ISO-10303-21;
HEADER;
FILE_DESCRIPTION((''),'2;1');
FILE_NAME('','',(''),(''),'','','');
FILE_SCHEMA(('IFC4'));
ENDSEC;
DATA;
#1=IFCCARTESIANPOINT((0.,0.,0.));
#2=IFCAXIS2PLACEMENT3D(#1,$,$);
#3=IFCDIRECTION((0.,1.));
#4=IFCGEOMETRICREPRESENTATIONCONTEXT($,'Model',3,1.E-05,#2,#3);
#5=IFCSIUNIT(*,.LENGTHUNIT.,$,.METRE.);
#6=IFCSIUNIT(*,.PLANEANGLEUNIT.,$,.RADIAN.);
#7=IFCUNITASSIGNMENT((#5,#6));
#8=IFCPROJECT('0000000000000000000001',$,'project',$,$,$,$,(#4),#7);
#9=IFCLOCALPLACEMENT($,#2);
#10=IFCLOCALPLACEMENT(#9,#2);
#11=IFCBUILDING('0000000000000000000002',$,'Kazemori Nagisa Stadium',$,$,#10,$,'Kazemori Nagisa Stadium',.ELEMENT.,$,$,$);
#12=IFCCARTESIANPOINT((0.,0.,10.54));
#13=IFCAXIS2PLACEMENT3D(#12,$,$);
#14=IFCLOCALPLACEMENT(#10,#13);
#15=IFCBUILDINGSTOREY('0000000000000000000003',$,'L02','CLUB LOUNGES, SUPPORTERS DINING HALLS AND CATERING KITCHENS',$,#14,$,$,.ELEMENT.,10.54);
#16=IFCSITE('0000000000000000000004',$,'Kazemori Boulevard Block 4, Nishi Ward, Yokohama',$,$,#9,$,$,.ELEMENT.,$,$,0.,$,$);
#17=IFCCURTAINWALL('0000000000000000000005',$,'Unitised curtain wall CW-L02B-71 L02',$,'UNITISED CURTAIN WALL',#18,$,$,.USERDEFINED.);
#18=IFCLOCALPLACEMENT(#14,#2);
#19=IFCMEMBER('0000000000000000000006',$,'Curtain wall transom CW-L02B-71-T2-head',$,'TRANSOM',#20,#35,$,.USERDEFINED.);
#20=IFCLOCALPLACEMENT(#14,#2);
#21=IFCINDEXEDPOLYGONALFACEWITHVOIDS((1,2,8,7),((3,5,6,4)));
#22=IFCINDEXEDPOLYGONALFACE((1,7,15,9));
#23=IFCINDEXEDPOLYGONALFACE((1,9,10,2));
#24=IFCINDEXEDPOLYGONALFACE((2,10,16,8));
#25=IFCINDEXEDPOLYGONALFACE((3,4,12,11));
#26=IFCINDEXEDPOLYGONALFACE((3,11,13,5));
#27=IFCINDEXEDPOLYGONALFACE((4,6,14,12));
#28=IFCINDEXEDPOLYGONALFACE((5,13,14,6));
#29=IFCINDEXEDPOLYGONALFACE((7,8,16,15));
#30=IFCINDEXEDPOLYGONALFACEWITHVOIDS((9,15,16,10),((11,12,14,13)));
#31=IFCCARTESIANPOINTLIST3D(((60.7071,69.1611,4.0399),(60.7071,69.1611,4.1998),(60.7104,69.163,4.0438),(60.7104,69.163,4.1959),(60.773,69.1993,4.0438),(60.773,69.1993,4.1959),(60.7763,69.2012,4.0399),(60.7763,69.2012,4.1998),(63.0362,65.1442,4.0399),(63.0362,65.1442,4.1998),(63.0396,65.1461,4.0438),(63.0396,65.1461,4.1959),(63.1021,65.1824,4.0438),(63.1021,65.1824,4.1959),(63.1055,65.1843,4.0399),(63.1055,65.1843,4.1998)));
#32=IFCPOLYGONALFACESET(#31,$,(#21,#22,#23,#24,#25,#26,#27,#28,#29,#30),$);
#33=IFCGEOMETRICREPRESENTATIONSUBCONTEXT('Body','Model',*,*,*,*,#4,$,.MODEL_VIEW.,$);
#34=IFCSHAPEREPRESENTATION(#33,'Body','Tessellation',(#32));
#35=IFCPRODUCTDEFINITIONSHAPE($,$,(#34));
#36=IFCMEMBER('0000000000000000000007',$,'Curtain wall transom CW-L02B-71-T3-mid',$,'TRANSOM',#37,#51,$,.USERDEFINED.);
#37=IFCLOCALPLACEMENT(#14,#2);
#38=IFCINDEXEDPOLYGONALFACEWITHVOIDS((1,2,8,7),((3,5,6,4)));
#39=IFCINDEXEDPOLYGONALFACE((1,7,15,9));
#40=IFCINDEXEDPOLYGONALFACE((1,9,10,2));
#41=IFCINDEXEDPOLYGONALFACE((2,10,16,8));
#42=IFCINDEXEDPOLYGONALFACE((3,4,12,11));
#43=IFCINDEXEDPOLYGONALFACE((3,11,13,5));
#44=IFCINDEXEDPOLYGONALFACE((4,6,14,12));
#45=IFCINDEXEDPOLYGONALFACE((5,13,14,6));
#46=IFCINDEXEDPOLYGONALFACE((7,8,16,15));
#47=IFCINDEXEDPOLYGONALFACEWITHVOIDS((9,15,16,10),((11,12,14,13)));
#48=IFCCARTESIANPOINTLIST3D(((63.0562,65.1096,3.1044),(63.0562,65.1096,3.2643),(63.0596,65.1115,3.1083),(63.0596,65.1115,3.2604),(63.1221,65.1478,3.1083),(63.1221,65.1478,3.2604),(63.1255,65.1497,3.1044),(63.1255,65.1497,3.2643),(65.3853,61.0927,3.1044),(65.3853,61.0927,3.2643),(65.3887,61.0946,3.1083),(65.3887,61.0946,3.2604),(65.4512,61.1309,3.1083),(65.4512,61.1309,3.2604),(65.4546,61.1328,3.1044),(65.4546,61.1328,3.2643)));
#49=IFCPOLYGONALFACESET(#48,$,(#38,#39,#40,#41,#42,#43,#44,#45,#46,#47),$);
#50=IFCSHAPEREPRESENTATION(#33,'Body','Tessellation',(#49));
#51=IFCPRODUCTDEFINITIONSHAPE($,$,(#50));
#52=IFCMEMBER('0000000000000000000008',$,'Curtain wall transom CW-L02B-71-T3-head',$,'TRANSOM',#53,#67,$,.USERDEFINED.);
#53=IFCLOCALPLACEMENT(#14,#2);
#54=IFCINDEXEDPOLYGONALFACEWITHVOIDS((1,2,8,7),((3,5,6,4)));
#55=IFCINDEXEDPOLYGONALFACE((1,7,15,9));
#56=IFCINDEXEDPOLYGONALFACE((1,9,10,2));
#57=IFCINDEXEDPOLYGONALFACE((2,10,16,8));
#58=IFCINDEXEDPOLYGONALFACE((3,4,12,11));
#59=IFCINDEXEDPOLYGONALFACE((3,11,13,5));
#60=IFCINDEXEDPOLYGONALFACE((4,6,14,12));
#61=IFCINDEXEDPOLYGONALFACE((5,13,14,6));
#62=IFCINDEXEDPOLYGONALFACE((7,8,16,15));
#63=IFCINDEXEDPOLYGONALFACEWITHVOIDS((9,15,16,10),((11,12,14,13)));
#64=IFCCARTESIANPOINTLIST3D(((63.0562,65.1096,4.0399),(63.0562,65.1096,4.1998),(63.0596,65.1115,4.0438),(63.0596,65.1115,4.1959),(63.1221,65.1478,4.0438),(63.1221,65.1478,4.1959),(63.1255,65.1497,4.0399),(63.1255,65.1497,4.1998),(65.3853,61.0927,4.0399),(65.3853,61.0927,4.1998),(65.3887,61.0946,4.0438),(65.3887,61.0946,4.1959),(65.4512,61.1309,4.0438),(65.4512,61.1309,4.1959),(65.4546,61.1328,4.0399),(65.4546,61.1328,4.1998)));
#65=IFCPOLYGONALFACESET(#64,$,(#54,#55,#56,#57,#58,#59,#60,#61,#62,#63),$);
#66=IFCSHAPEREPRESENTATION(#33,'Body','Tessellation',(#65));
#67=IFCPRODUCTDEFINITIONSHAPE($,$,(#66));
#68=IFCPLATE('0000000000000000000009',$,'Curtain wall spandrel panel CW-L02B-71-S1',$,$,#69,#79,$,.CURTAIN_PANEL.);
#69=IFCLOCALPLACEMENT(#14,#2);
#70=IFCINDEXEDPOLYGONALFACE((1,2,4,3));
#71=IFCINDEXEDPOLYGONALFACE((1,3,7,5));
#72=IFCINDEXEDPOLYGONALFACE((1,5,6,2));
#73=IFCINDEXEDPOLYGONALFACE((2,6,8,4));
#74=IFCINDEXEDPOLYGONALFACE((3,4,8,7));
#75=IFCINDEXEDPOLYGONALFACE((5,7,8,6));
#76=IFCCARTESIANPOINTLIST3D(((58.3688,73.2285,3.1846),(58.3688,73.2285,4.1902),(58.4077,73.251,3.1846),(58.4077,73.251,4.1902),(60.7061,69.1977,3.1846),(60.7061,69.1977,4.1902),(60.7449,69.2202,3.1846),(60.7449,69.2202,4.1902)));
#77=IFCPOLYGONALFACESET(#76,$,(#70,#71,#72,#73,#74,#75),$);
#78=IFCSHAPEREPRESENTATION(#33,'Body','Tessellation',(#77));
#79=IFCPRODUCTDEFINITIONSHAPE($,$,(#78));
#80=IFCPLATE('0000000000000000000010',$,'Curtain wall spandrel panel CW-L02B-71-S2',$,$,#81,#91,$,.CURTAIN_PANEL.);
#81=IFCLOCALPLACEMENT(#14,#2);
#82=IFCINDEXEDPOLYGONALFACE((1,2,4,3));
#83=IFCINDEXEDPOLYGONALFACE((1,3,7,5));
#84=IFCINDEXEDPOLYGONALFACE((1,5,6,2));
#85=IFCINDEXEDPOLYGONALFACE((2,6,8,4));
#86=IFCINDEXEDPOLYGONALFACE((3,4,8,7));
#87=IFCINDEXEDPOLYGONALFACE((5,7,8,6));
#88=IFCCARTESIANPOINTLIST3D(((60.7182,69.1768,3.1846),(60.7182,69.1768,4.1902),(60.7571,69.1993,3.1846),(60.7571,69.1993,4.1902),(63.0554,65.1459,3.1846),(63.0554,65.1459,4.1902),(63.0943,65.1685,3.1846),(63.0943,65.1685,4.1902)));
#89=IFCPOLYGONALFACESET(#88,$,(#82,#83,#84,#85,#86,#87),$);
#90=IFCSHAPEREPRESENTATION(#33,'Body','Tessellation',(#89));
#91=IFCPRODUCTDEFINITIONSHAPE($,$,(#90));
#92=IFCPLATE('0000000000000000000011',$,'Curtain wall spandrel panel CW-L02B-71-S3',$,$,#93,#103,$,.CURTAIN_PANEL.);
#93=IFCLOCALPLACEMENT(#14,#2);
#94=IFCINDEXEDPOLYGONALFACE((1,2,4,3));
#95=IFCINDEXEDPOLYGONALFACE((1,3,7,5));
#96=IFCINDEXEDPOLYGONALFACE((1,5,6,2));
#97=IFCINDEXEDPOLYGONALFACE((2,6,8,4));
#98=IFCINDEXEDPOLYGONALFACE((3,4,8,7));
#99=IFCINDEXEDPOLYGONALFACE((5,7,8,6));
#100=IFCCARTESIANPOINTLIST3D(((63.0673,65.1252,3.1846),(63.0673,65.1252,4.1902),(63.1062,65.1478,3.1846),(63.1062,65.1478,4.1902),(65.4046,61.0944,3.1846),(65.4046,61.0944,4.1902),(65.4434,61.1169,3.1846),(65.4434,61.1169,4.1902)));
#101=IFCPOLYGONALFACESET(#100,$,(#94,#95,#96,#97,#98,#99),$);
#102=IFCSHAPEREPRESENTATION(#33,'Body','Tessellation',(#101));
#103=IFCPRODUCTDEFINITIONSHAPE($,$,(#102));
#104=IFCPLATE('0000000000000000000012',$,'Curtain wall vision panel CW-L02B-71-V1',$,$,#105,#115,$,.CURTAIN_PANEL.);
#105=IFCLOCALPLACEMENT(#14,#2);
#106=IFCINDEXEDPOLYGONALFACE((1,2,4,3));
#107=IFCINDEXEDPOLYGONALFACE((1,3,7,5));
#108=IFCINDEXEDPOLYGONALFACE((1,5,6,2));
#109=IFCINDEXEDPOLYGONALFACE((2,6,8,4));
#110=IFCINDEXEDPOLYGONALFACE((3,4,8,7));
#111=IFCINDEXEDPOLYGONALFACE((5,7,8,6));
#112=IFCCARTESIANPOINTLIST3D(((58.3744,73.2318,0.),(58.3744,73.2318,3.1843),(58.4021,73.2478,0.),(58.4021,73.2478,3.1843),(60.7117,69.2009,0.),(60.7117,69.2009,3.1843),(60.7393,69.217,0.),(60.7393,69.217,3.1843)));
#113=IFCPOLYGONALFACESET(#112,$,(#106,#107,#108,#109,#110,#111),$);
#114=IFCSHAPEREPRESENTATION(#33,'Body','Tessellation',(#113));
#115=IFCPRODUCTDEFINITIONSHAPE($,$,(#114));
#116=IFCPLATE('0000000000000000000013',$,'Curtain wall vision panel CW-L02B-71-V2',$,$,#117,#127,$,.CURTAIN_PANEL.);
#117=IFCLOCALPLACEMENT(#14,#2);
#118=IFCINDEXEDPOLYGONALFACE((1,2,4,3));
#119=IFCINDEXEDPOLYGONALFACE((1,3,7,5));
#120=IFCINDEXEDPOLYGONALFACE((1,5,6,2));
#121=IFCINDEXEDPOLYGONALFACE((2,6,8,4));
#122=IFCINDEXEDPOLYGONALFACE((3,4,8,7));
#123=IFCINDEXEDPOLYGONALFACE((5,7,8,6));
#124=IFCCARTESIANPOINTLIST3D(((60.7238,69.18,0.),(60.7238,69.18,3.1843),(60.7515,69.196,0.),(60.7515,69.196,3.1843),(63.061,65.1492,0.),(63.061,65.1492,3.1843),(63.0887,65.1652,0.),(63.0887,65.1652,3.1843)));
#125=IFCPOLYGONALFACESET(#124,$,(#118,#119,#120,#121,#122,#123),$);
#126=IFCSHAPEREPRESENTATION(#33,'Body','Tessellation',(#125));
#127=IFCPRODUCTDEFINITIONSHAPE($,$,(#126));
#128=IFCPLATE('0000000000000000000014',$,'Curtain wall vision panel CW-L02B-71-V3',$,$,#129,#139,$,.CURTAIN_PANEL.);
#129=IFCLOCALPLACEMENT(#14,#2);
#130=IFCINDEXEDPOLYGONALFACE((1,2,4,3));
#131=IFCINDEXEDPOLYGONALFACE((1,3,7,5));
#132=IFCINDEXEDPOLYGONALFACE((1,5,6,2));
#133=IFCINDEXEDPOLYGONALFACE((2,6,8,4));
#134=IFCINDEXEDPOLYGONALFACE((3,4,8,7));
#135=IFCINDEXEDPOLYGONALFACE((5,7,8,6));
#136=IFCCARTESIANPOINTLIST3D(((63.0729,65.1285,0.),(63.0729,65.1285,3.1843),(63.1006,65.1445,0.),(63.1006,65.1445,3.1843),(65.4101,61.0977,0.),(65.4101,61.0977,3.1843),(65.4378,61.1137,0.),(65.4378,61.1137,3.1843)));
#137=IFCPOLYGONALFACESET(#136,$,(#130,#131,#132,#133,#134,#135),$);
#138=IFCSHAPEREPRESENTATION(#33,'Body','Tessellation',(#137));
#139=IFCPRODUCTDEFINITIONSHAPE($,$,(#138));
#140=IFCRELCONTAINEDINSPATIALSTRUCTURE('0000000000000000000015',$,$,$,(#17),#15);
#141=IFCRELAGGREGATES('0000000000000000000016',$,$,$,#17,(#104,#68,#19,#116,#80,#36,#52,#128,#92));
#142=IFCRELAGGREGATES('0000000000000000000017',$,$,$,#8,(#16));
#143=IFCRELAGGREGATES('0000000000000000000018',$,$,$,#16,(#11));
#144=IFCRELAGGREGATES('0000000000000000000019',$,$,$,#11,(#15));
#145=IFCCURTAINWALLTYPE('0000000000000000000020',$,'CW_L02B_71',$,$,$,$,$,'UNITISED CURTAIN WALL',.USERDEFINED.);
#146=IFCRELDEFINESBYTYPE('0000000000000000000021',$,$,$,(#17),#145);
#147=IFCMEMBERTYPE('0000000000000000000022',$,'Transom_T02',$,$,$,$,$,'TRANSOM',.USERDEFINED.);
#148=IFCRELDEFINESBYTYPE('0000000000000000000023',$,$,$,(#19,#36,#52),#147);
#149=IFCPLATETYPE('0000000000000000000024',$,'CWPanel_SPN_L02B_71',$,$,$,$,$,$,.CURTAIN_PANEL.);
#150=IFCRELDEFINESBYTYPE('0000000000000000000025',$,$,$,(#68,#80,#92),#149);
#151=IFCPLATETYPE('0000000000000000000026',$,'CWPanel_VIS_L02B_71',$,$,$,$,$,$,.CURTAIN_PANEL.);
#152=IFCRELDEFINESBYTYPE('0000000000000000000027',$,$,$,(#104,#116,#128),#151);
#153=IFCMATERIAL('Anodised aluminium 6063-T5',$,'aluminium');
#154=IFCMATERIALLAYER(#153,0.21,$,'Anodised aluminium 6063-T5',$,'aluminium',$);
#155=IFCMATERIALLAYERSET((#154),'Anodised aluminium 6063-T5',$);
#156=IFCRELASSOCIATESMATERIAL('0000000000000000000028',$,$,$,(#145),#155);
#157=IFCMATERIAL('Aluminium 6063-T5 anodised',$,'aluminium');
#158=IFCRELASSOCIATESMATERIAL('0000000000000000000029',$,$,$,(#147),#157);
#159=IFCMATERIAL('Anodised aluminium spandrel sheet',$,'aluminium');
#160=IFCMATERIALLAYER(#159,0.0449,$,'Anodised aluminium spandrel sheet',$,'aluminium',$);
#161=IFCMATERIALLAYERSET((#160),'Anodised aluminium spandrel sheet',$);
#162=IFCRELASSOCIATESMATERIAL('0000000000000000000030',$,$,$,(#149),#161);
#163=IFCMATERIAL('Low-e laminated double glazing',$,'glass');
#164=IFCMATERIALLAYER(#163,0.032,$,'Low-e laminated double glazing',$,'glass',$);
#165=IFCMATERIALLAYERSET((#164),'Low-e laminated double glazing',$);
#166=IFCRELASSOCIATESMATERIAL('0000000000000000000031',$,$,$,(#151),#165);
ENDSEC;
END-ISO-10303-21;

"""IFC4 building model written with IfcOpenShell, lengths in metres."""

from ifc_helpers import new_model, si_unit, direction, frame, origin, origin_2d, place, context, subcontext, project, spatial, rectangle, hollow_rectangle, extrude, material, layer, layer_set, material_profile, profile_set, type_object, element, aggregate, save


model = new_model("IFC4")

# Units and contexts
model_context = context("Model", 3, precision=1e-05, world=origin(), true_north=direction((0.0, 1.0)))
body_context = subcontext(model_context, "Body", "Model", "MODEL_VIEW")
ifc_project = project(units=[si_unit("LENGTHUNIT", "METRE"), si_unit("PLANEANGLEUNIT", "RADIAN")], contexts=[model_context])

# Site, building, storey
site_placement = place(None, origin())
site = spatial("IfcSite", under=ifc_project, at=site_placement, Name="Kazemori Boulevard Block 4, Nishi Ward, Yokohama", CompositionType="ELEMENT", RefElevation=0.0)
building_placement = place(site_placement, origin())
building = spatial("IfcBuilding", under=site, at=building_placement, Name="Kazemori Nagisa Stadium", LongName="Kazemori Nagisa Stadium", CompositionType="ELEMENT")
storey_placement = place(building_placement, frame((0.0, 0.0, 10.54)))
storey = spatial("IfcBuildingStorey", under=building, at=storey_placement, Name="L02", Description="CLUB LOUNGES, SUPPORTERS DINING HALLS AND CATERING KITCHENS", CompositionType="ELEMENT", Elevation=10.54)

# Curtain wall
ifc_material_1 = material(Name="Anodised aluminium 6063-T5", Category="aluminium")
ifc_layer_1 = layer(ifc_material_1, 0.21, Name="Anodised aluminium 6063-T5", Category="aluminium")
ifc_layer_set_1 = layer_set([ifc_layer_1], Name="Anodised aluminium 6063-T5")
curtain_wall_type_1 = type_object("IfcCurtainWallType", Name="CW_L02B_71", ElementType="UNITISED CURTAIN WALL", PredefinedType="USERDEFINED", material=ifc_layer_set_1)
curtain_wall_1_placement = place(storey_placement, origin())
curtain_wall_1 = element("IfcCurtainWall", 1, at=curtain_wall_1_placement, inside=storey, type_object=curtain_wall_type_1, Name="Unitised curtain wall CW-L02B-71 L02", ObjectType="UNITISED CURTAIN WALL", PredefinedType="USERDEFINED")
ifc_material_2 = material(Name="Aluminium 6063-T5 anodised", Category="aluminium")

# Members
ifc_material_profile_1 = material_profile(ifc_material_2, hollow_rectangle(XDim=0.0801, YDim=0.1599, WallThickness=0.0039, at=origin_2d()), Name="ALU-TRAN-80x160x4")
ifc_profile_set_1 = profile_set([ifc_material_profile_1], Name="Aluminium 6063-T5 anodised")
member_type_1 = type_object("IfcMemberType", Name="Transom_T02", ElementType="TRANSOM", PredefinedType="USERDEFINED", material=ifc_profile_set_1)
member_1_placement = place(storey_placement, frame((60.7417, 69.1812, 4.1199), z_axis=(0.50161, -0.865094, 0.0), x_axis=(0.865094, 0.50161, 0.0)))
member_1 = element("IfcMember", 2, at=member_1_placement, type_object=member_type_1, Name="Curtain wall transom CW-L02B-71-T2-head", ObjectType="TRANSOM", PredefinedType="USERDEFINED", context=body_context, shape_type="SweptSolid", body=[
    extrude(hollow_rectangle(XDim=0.0801, YDim=0.1599, WallThickness=0.0039, at=origin_2d()), origin(), (0.0, 0.0, 1.0), 4.6433),
])
member_2_placement = place(storey_placement, frame((63.0908, 65.1296, 3.1843), z_axis=(0.50161, -0.865094, 0.0), x_axis=(0.865094, 0.50161, 0.0)))
member_2 = element("IfcMember", 3, at=member_2_placement, type_object=member_type_1, Name="Curtain wall transom CW-L02B-71-T3-mid", ObjectType="TRANSOM", PredefinedType="USERDEFINED", context=body_context, shape_type="SweptSolid", body=[
    extrude(hollow_rectangle(XDim=0.0801, YDim=0.1599, WallThickness=0.0039, at=origin_2d()), origin(), (0.0, 0.0, 1.0), 4.6433),
])
member_3_placement = place(storey_placement, frame((63.0908, 65.1296, 4.1199), z_axis=(0.50161, -0.865094, 0.0), x_axis=(0.865094, 0.50161, 0.0)))
member_3 = element("IfcMember", 4, at=member_3_placement, type_object=member_type_1, Name="Curtain wall transom CW-L02B-71-T3-head", ObjectType="TRANSOM", PredefinedType="USERDEFINED", context=body_context, shape_type="SweptSolid", body=[
    extrude(hollow_rectangle(XDim=0.0801, YDim=0.1599, WallThickness=0.0039, at=origin_2d()), origin(), (0.0, 0.0, 1.0), 4.6433),
])

# Plates
ifc_material_3 = material(Name="Anodised aluminium spandrel sheet", Category="aluminium")
ifc_layer_2 = layer(ifc_material_3, 0.0449, Name="Anodised aluminium spandrel sheet", Category="aluminium")
ifc_layer_set_2 = layer_set([ifc_layer_2], Name="Anodised aluminium spandrel sheet")
plate_type_1 = type_object("IfcPlateType", Name="CWPanel_SPN_L02B_71", PredefinedType="CURTAIN_PANEL", material=ifc_layer_set_2)
plate_1_placement = place(storey_placement, frame((59.5569, 71.2244, 3.1846), z_axis=(0.0, 0.0, 1.0), x_axis=(0.501612, -0.865093, 0.0)))
plate_1 = element("IfcPlate", 5, at=plate_1_placement, type_object=plate_type_1, Name="Curtain wall spandrel panel CW-L02B-71-S1", PredefinedType="CURTAIN_PANEL", context=body_context, shape_type="SweptSolid", body=[
    extrude(rectangle(XDim=4.6594, YDim=0.0449, at=origin_2d()), origin(), (0.0, 0.0, 1.0), 1.0056),
])
plate_2_placement = place(storey_placement, frame((61.9062, 67.1726, 3.1846), z_axis=(0.0, 0.0, 1.0), x_axis=(0.501612, -0.865093, 0.0)))
plate_2 = element("IfcPlate", 6, at=plate_2_placement, type_object=plate_type_1, Name="Curtain wall spandrel panel CW-L02B-71-S2", PredefinedType="CURTAIN_PANEL", context=body_context, shape_type="SweptSolid", body=[
    extrude(rectangle(XDim=4.6594, YDim=0.0449, at=origin_2d()), origin(), (0.0, 0.0, 1.0), 1.0056),
])
plate_3_placement = place(storey_placement, frame((64.2554, 63.1211, 3.1846), z_axis=(0.0, 0.0, 1.0), x_axis=(0.501612, -0.865093, 0.0)))
plate_3 = element("IfcPlate", 7, at=plate_3_placement, type_object=plate_type_1, Name="Curtain wall spandrel panel CW-L02B-71-S3", PredefinedType="CURTAIN_PANEL", context=body_context, shape_type="SweptSolid", body=[
    extrude(rectangle(XDim=4.6594, YDim=0.0449, at=origin_2d()), origin(), (0.0, 0.0, 1.0), 1.0056),
])
ifc_material_4 = material(Name="Low-e laminated double glazing", Category="glass")
ifc_layer_3 = layer(ifc_material_4, 0.032, Name="Low-e laminated double glazing", Category="glass")
ifc_layer_set_3 = layer_set([ifc_layer_3], Name="Low-e laminated double glazing")
plate_type_2 = type_object("IfcPlateType", Name="CWPanel_VIS_L02B_71", PredefinedType="CURTAIN_PANEL", material=ifc_layer_set_3)
plate_4_placement = place(storey_placement, frame((59.5569, 71.2244, 0.0), z_axis=(0.0, 0.0, 1.0), x_axis=(0.501612, -0.865093, 0.0)))
plate_4 = element("IfcPlate", 8, at=plate_4_placement, type_object=plate_type_2, Name="Curtain wall vision panel CW-L02B-71-V1", PredefinedType="CURTAIN_PANEL", context=body_context, shape_type="SweptSolid", body=[
    extrude(rectangle(XDim=4.6594, YDim=0.032, at=origin_2d()), origin(), (0.0, 0.0, 1.0), 3.1843),
])
plate_5_placement = place(storey_placement, frame((61.9062, 67.1726, 0.0), z_axis=(0.0, 0.0, 1.0), x_axis=(0.501612, -0.865093, 0.0)))
plate_5 = element("IfcPlate", 9, at=plate_5_placement, type_object=plate_type_2, Name="Curtain wall vision panel CW-L02B-71-V2", PredefinedType="CURTAIN_PANEL", context=body_context, shape_type="SweptSolid", body=[
    extrude(rectangle(XDim=4.6594, YDim=0.032, at=origin_2d()), origin(), (0.0, 0.0, 1.0), 3.1843),
])
plate_6_placement = place(storey_placement, frame((64.2554, 63.1211, 0.0), z_axis=(0.0, 0.0, 1.0), x_axis=(0.501612, -0.865093, 0.0)))
plate_6 = element("IfcPlate", 10, at=plate_6_placement, type_object=plate_type_2, Name="Curtain wall vision panel CW-L02B-71-V3", PredefinedType="CURTAIN_PANEL", context=body_context, shape_type="SweptSolid", body=[
    extrude(rectangle(XDim=4.6594, YDim=0.032, at=origin_2d()), origin(), (0.0, 0.0, 1.0), 3.1843),
])
aggregate(curtain_wall_1, [plate_4, plate_1, member_1, plate_5, plate_2, member_2, member_3, plate_6, plate_3])

save(model, "model.ifc")
